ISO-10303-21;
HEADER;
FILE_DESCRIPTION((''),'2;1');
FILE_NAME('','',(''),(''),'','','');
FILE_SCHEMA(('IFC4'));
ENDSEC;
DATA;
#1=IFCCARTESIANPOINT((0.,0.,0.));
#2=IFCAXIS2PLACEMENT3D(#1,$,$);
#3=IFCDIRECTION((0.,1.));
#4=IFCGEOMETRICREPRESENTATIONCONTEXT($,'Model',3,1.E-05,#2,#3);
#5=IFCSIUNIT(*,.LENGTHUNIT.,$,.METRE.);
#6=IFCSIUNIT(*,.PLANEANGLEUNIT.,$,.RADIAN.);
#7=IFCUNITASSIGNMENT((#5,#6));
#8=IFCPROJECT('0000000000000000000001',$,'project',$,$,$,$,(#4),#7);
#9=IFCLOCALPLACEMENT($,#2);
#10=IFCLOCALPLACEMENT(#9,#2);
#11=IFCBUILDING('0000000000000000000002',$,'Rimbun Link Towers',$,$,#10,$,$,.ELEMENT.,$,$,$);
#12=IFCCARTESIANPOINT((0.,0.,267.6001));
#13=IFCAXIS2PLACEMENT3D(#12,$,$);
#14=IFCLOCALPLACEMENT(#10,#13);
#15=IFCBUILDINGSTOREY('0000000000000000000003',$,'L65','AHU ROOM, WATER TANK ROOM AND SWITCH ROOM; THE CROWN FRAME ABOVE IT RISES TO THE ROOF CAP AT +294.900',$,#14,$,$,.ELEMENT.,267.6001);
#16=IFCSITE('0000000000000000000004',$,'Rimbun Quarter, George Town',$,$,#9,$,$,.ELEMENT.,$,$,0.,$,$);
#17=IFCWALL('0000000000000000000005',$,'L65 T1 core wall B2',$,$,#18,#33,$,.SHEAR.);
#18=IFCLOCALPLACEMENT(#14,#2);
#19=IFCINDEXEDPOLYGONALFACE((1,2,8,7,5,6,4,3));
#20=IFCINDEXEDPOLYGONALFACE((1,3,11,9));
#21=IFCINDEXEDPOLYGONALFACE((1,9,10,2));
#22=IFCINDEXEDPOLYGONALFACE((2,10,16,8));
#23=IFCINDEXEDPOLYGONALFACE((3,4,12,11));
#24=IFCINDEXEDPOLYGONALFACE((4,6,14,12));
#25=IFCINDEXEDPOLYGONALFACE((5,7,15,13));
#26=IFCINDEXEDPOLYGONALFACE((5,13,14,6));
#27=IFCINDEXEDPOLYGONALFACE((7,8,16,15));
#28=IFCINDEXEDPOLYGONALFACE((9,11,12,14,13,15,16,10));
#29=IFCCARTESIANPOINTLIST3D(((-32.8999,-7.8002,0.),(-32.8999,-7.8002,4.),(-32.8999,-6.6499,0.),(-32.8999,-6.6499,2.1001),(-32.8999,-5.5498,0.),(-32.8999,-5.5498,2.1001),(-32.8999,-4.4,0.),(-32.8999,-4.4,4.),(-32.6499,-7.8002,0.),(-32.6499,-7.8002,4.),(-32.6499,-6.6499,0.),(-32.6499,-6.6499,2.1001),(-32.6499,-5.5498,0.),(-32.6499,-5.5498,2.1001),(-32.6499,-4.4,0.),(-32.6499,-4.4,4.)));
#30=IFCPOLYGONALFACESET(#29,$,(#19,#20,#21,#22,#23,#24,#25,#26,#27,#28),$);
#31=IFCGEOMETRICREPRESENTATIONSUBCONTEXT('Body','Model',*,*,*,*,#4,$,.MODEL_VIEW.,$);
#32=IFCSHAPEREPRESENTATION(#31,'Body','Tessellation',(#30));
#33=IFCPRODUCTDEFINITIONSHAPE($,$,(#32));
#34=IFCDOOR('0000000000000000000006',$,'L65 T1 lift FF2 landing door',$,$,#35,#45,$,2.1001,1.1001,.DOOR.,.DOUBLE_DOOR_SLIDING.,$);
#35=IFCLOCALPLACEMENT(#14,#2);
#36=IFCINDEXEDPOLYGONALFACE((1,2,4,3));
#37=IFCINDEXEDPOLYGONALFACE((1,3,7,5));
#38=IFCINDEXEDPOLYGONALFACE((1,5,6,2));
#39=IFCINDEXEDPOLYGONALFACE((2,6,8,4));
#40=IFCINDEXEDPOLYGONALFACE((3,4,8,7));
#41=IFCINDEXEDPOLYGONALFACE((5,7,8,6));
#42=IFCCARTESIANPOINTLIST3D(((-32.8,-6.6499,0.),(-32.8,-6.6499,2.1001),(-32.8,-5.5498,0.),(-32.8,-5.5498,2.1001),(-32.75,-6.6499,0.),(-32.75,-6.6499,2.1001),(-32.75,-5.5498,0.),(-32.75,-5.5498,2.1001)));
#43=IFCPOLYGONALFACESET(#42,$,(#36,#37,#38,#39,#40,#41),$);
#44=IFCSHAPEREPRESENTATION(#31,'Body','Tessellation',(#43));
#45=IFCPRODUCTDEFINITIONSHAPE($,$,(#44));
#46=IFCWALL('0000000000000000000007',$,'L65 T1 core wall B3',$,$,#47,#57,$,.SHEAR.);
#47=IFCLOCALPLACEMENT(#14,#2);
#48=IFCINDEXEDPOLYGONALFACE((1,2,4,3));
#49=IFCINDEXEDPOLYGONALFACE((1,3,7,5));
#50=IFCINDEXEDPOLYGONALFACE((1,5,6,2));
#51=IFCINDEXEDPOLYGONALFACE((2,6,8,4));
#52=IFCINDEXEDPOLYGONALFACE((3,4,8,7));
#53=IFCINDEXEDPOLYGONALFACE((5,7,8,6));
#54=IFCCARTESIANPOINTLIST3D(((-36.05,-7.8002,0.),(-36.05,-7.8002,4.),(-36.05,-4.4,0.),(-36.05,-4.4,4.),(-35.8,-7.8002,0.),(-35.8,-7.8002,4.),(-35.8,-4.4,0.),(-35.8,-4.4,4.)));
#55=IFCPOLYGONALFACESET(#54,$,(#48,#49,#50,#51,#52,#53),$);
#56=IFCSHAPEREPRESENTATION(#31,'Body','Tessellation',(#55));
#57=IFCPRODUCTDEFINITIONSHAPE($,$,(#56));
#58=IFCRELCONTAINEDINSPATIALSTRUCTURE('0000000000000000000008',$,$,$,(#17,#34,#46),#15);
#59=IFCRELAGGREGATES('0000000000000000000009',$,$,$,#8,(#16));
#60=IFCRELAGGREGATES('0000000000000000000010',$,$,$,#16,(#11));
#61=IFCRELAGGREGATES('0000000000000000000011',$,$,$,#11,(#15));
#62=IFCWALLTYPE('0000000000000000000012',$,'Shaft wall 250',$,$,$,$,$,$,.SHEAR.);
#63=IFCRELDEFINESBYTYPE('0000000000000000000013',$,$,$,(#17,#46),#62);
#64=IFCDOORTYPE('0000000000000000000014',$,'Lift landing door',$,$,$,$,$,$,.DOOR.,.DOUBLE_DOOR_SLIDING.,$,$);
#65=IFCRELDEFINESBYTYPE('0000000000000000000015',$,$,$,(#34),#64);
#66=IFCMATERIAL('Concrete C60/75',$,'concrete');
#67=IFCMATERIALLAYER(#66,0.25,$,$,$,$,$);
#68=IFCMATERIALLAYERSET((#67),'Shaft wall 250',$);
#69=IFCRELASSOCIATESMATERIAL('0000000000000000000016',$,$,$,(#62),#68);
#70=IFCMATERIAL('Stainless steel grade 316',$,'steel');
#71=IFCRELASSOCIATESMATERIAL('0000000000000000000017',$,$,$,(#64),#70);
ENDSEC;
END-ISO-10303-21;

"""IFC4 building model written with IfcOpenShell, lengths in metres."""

from ifc_helpers import new_model, si_unit, direction, frame, frame_2d, origin, place, context, subcontext, project, spatial, rectangle, extrude, material, layer, layer_set, type_object, element, fill, save


model = new_model("IFC4")

# Units and contexts
model_context = context("Model", 3, precision=1e-05, world=origin(), true_north=direction((0.0, 1.0)))
body_context = subcontext(model_context, "Body", "Model", "MODEL_VIEW")
ifc_project = project(units=[si_unit("LENGTHUNIT", "METRE"), si_unit("PLANEANGLEUNIT", "RADIAN")], contexts=[model_context])

# Site, building, storey
site_placement = place(None, origin())
site = spatial("IfcSite", under=ifc_project, at=site_placement, Name="Rimbun Quarter, George Town", CompositionType="ELEMENT", RefElevation=0.0)
building_placement = place(site_placement, origin())
building = spatial("IfcBuilding", under=site, at=building_placement, Name="Rimbun Link Towers", CompositionType="ELEMENT")
storey_placement = place(building_placement, frame((0.0, 0.0, 267.6001)))
storey = spatial("IfcBuildingStorey", under=building, at=storey_placement, Name="L65", Description="AHU ROOM, WATER TANK ROOM AND SWITCH ROOM; THE CROWN FRAME ABOVE IT RISES TO THE ROOF CAP AT +294.900", CompositionType="ELEMENT", Elevation=267.6001)

# Shared definitions
ifc_material_1 = material(Name="Concrete C60/75", Category="concrete")
ifc_layer_1 = layer(ifc_material_1, 0.25)
ifc_layer_set_1 = layer_set([ifc_layer_1], Name="Shaft wall 250")
wall_type_1 = type_object("IfcWallType", Name="Shaft wall 250", PredefinedType="SHEAR", material=ifc_layer_set_1)

# Wall, opening, door
wall_1_placement = place(storey_placement, frame((-32.7749, -4.3999, 0.0), z_axis=(0.0, 0.0, 1.0), x_axis=(0.0, -1.0, 0.0)))
wall_1 = element("IfcWall", 1, at=wall_1_placement, inside=storey, type_object=wall_type_1, Name="L65 T1 core wall B2", PredefinedType="SHEAR", context=body_context, shape_type="SweptSolid", body=[
    extrude(rectangle(XDim=3.4001, YDim=0.25, at=frame_2d((1.7002, 0.0))), origin(), (0.0, 0.0, 1.0), 4.0),
])
opening_placement = place(wall_1_placement, frame((1.1499, 0.0, 0.0)))
opening = element("IfcOpeningElement", 2, at=opening_placement, cuts=wall_1, PredefinedType="OPENING", context=body_context, shape_type="SweptSolid", body=[
    extrude(rectangle(XDim=1.1001, YDim=2.1001, at=frame_2d((0.55, 1.05))), frame((0.0, 0.135, 0.0), z_axis=(0.0, -1.0, 0.0), x_axis=(1.0, 0.0, 0.0)), (0.0, 0.0, 1.0), 0.27),
])
ifc_material_2 = material(Name="Stainless steel grade 316", Category="steel")
door_type = type_object("IfcDoorType", Name="Lift landing door", OperationType="DOUBLE_DOOR_SLIDING", PredefinedType="DOOR", material=ifc_material_2)
door_placement = place(opening_placement, origin())
door = element("IfcDoor", 3, at=door_placement, inside=storey, type_object=door_type, Name="L65 T1 lift FF2 landing door", OperationType="DOUBLE_DOOR_SLIDING", OverallHeight=2.1001, OverallWidth=1.1001, PredefinedType="DOOR", context=body_context, shape_type="SweptSolid", body=[
    extrude(rectangle(XDim=1.1001, YDim=2.1001, at=frame_2d((0.55, 1.05))), frame((0.0, 0.0249, 0.0), z_axis=(0.0, -1.0, 0.0), x_axis=(1.0, 0.0, 0.0)), (0.0, 0.0, 1.0), 0.05),
])
fill(opening, door)

# Wall
wall_2_placement = place(storey_placement, frame((-35.925, -4.3999, 0.0), z_axis=(0.0, 0.0, 1.0), x_axis=(0.0, -1.0, 0.0)))
element("IfcWall", 4, at=wall_2_placement, inside=storey, type_object=wall_type_1, Name="L65 T1 core wall B3", PredefinedType="SHEAR", context=body_context, shape_type="SweptSolid", body=[
    extrude(rectangle(XDim=3.4001, YDim=0.25, at=frame_2d((1.7002, 0.0))), origin(), (0.0, 0.0, 1.0), 4.0),
])

save(model, "model.ifc")
